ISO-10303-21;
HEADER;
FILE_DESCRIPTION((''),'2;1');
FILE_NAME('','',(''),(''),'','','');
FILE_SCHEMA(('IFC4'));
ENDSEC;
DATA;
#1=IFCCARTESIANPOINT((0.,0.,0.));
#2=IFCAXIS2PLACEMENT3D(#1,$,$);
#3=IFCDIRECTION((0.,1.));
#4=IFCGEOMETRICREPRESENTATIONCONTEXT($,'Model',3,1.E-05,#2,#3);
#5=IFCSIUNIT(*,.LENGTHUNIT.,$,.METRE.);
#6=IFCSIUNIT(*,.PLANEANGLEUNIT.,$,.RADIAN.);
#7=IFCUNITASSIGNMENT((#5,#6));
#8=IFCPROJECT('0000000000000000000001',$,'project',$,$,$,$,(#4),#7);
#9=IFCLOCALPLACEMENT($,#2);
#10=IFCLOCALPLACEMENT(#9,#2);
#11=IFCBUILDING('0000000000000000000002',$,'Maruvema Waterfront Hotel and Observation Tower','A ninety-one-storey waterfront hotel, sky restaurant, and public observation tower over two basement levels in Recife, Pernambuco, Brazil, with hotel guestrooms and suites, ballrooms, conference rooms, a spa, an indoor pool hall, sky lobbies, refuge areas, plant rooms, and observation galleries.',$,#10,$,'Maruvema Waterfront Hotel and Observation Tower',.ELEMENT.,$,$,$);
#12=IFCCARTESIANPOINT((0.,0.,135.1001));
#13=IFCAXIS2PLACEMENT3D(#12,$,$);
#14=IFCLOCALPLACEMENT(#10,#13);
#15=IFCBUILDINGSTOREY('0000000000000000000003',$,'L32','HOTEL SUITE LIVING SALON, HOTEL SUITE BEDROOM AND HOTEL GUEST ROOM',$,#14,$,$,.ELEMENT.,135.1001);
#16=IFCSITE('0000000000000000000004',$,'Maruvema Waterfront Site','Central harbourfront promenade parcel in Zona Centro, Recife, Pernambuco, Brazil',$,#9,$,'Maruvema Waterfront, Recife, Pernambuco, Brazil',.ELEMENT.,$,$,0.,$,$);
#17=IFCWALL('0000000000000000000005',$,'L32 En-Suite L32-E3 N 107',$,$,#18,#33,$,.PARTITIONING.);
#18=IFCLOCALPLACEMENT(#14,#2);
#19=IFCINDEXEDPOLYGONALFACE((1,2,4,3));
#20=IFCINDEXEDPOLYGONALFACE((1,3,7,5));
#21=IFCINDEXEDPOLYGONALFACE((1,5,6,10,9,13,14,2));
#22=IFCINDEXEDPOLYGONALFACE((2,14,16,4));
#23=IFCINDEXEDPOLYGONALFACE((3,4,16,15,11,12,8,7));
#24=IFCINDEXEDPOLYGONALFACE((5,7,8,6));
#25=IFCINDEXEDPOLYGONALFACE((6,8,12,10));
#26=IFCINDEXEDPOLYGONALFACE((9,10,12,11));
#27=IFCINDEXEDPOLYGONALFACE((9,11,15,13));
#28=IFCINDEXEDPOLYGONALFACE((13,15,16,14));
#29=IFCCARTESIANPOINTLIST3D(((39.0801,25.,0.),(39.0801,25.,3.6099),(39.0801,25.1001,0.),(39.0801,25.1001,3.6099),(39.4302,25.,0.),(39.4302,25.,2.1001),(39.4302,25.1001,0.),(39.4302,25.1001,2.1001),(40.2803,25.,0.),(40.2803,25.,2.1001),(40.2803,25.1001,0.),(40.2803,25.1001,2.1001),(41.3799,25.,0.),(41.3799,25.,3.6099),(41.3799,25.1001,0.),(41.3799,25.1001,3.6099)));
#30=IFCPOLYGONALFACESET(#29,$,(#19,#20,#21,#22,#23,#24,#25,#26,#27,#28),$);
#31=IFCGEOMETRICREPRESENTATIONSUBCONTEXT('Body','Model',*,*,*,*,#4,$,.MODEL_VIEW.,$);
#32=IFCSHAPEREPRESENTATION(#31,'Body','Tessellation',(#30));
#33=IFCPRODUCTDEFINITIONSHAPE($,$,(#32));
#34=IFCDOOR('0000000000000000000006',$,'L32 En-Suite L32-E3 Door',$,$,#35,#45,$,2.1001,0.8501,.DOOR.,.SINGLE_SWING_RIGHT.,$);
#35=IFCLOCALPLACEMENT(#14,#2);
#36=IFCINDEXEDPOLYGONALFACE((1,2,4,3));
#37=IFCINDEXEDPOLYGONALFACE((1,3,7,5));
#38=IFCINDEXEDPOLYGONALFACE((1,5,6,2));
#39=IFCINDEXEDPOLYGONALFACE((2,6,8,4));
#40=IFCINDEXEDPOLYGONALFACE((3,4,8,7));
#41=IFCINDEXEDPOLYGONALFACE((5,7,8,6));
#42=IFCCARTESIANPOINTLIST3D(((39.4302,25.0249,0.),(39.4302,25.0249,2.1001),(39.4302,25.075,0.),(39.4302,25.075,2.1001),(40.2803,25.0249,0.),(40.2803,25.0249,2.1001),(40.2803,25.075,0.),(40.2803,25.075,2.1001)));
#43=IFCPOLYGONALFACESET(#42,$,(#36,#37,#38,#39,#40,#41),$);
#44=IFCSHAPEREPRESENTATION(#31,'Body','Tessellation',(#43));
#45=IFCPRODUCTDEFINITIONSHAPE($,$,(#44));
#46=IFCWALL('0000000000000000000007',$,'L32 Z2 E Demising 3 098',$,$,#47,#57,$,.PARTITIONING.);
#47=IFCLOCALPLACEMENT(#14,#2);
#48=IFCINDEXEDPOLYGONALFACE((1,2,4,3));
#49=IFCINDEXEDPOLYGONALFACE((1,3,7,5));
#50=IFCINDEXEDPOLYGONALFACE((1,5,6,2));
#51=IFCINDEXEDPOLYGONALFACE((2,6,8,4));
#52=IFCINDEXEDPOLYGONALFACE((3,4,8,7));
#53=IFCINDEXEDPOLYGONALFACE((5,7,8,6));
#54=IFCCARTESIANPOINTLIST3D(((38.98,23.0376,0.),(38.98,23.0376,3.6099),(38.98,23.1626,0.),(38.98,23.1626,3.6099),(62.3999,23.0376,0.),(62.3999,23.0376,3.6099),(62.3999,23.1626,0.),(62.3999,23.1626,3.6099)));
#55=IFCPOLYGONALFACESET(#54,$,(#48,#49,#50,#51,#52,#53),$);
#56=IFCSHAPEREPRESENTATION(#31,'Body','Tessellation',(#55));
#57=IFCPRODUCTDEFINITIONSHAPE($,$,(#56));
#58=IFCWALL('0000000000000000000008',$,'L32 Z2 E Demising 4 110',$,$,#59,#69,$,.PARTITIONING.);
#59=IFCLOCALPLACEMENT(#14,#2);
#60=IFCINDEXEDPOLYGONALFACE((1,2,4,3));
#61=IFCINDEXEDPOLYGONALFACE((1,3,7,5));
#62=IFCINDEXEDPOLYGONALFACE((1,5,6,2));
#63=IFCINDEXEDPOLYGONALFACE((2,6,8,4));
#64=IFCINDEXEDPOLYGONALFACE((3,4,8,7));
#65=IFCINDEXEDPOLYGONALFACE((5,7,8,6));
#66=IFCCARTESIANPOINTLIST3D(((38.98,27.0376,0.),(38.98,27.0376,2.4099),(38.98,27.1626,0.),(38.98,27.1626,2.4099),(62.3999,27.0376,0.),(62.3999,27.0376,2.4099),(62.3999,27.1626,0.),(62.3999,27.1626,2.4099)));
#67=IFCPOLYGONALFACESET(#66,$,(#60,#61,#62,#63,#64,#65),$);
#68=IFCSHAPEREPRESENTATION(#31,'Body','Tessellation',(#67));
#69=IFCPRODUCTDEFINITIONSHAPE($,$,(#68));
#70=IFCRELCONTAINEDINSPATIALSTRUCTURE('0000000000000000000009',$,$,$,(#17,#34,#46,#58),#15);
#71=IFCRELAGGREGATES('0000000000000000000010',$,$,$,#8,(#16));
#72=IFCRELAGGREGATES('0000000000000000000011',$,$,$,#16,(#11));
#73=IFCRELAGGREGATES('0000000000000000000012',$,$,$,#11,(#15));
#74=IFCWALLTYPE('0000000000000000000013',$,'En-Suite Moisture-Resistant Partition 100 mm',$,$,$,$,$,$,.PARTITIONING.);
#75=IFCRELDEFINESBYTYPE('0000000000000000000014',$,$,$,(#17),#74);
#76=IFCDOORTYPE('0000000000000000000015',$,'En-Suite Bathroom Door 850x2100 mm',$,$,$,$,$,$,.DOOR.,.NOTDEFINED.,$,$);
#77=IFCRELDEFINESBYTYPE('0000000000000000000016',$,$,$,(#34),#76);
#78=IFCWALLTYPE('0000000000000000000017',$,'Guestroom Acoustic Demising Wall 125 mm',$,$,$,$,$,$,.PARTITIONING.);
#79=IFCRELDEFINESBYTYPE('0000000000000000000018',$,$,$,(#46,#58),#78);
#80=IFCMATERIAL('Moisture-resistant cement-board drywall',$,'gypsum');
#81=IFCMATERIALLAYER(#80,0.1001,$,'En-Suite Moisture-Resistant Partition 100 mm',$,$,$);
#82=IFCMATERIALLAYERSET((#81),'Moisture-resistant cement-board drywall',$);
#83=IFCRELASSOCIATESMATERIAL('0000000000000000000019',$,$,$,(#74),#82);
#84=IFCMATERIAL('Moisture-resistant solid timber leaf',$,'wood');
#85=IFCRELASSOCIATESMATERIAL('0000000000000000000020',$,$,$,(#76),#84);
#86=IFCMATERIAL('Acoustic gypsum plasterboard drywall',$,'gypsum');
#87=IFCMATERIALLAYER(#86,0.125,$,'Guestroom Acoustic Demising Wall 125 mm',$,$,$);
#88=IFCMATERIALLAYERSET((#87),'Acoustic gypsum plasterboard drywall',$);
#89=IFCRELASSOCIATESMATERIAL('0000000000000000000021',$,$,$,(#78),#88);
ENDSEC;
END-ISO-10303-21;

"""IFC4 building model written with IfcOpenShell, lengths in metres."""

from ifc_helpers import new_model, si_unit, direction, frame, frame_2d, origin, place, context, subcontext, project, spatial, rectangle, extrude, material, layer, layer_set, type_object, element, fill, save


model = new_model("IFC4")

# Units and contexts
model_context = context("Model", 3, precision=1e-05, world=origin(), true_north=direction((0.0, 1.0)))
body_context = subcontext(model_context, "Body", "Model", "MODEL_VIEW")
ifc_project = project(units=[si_unit("LENGTHUNIT", "METRE"), si_unit("PLANEANGLEUNIT", "RADIAN")], contexts=[model_context])

# Site, building, storey
site_placement = place(None, origin())
site = spatial("IfcSite", under=ifc_project, at=site_placement, Name="Maruvema Waterfront Site", Description="Central harbourfront promenade parcel in Zona Centro, Recife, Pernambuco, Brazil", LongName="Maruvema Waterfront, Recife, Pernambuco, Brazil", CompositionType="ELEMENT", RefElevation=0.0)
building_placement = place(site_placement, origin())
building = spatial("IfcBuilding", under=site, at=building_placement, Name="Maruvema Waterfront Hotel and Observation Tower", Description="A ninety-one-storey waterfront hotel, sky restaurant, and public observation tower over two basement levels in Recife, Pernambuco, Brazil, with hotel guestrooms and suites, ballrooms, conference rooms, a spa, an indoor pool hall, sky lobbies, refuge areas, plant rooms, and observation galleries.", LongName="Maruvema Waterfront Hotel and Observation Tower", CompositionType="ELEMENT")
storey_placement = place(building_placement, frame((0.0, 0.0, 135.1001)))
storey = spatial("IfcBuildingStorey", under=building, at=storey_placement, Name="L32", Description="HOTEL SUITE LIVING SALON, HOTEL SUITE BEDROOM AND HOTEL GUEST ROOM", CompositionType="ELEMENT", Elevation=135.1001)

# Shared definitions
ifc_material_1 = material(Name="Moisture-resistant cement-board drywall", Category="gypsum")
ifc_layer_1 = layer(ifc_material_1, 0.1001, Name="En-Suite Moisture-Resistant Partition 100 mm")
ifc_layer_set_1 = layer_set([ifc_layer_1], Name="Moisture-resistant cement-board drywall")
wall_type_1 = type_object("IfcWallType", Name="En-Suite Moisture-Resistant Partition 100 mm", PredefinedType="PARTITIONING", material=ifc_layer_set_1)

# Shared definitions
ifc_material_2 = material(Name="Moisture-resistant solid timber leaf", Category="wood")
door_type_1 = type_object("IfcDoorType", Name="En-Suite Bathroom Door 850x2100 mm", OperationType="NOTDEFINED", PredefinedType="DOOR", material=ifc_material_2)

# Wall, opening, door
wall_1_placement = place(storey_placement, frame((39.0801, 25.05, 0.0), z_axis=(0.0, 0.0, 1.0), x_axis=(1.0, 0.0, 0.0)))
wall_1 = element("IfcWall", 1, at=wall_1_placement, inside=storey, type_object=wall_type_1, Name="L32 En-Suite L32-E3 N 107", PredefinedType="PARTITIONING", context=body_context, shape_type="SweptSolid", body=[
    extrude(rectangle(XDim=2.2998, YDim=0.1001, at=frame_2d((1.1499, 0.0))), origin(), (0.0, 0.0, 1.0), 3.6099),
])
opening_1_placement = place(wall_1_placement, frame((0.3501, 0.0, 0.0)))
opening_1 = element("IfcOpeningElement", 2, at=opening_1_placement, cuts=wall_1, PredefinedType="OPENING", context=body_context, shape_type="SweptSolid", body=[
    extrude(rectangle(XDim=0.8501, YDim=2.1001, at=frame_2d((0.425, 1.05))), frame((0.0, 0.0601, 0.0), z_axis=(0.0, -1.0, 0.0), x_axis=(1.0, 0.0, 0.0)), (0.0, 0.0, 1.0), 0.1201),
])
door_1_placement = place(opening_1_placement, origin())
door_1 = element("IfcDoor", 3, at=door_1_placement, inside=storey, type_object=door_type_1, Name="L32 En-Suite L32-E3 Door", OperationType="SINGLE_SWING_RIGHT", OverallHeight=2.1001, OverallWidth=0.8501, PredefinedType="DOOR", context=body_context, shape_type="SweptSolid", body=[
    extrude(rectangle(XDim=0.8501, YDim=2.1001, at=frame_2d((0.425, 1.05))), frame((0.0, 0.0249, 0.0), z_axis=(0.0, -1.0, 0.0), x_axis=(1.0, 0.0, 0.0)), (0.0, 0.0, 1.0), 0.05),
])
fill(opening_1, door_1)

# Walls
ifc_material_3 = material(Name="Acoustic gypsum plasterboard drywall", Category="gypsum")
ifc_layer_2 = layer(ifc_material_3, 0.125, Name="Guestroom Acoustic Demising Wall 125 mm")
ifc_layer_set_2 = layer_set([ifc_layer_2], Name="Acoustic gypsum plasterboard drywall")
wall_type_2 = type_object("IfcWallType", Name="Guestroom Acoustic Demising Wall 125 mm", PredefinedType="PARTITIONING", material=ifc_layer_set_2)
wall_2_placement = place(storey_placement, frame((38.98, 23.1001, 0.0), z_axis=(0.0, 0.0, 1.0), x_axis=(1.0, 0.0, 0.0)))
element("IfcWall", 4, at=wall_2_placement, inside=storey, type_object=wall_type_2, Name="L32 Z2 E Demising 3 098", PredefinedType="PARTITIONING", context=body_context, shape_type="SweptSolid", body=[
    extrude(rectangle(XDim=23.4199, YDim=0.125, at=frame_2d((11.71, 0.0))), origin(), (0.0, 0.0, 1.0), 3.6099),
])
wall_3_placement = place(storey_placement, frame((38.98, 27.1001, 0.0), z_axis=(0.0, 0.0, 1.0), x_axis=(1.0, 0.0, 0.0)))
element("IfcWall", 5, at=wall_3_placement, inside=storey, type_object=wall_type_2, Name="L32 Z2 E Demising 4 110", PredefinedType="PARTITIONING", context=body_context, shape_type="SweptSolid", body=[
    extrude(rectangle(XDim=23.4199, YDim=0.125, at=frame_2d((11.71, 0.0))), origin(), (0.0, 0.0, 1.0), 2.4099),
])

save(model, "model.ifc")
